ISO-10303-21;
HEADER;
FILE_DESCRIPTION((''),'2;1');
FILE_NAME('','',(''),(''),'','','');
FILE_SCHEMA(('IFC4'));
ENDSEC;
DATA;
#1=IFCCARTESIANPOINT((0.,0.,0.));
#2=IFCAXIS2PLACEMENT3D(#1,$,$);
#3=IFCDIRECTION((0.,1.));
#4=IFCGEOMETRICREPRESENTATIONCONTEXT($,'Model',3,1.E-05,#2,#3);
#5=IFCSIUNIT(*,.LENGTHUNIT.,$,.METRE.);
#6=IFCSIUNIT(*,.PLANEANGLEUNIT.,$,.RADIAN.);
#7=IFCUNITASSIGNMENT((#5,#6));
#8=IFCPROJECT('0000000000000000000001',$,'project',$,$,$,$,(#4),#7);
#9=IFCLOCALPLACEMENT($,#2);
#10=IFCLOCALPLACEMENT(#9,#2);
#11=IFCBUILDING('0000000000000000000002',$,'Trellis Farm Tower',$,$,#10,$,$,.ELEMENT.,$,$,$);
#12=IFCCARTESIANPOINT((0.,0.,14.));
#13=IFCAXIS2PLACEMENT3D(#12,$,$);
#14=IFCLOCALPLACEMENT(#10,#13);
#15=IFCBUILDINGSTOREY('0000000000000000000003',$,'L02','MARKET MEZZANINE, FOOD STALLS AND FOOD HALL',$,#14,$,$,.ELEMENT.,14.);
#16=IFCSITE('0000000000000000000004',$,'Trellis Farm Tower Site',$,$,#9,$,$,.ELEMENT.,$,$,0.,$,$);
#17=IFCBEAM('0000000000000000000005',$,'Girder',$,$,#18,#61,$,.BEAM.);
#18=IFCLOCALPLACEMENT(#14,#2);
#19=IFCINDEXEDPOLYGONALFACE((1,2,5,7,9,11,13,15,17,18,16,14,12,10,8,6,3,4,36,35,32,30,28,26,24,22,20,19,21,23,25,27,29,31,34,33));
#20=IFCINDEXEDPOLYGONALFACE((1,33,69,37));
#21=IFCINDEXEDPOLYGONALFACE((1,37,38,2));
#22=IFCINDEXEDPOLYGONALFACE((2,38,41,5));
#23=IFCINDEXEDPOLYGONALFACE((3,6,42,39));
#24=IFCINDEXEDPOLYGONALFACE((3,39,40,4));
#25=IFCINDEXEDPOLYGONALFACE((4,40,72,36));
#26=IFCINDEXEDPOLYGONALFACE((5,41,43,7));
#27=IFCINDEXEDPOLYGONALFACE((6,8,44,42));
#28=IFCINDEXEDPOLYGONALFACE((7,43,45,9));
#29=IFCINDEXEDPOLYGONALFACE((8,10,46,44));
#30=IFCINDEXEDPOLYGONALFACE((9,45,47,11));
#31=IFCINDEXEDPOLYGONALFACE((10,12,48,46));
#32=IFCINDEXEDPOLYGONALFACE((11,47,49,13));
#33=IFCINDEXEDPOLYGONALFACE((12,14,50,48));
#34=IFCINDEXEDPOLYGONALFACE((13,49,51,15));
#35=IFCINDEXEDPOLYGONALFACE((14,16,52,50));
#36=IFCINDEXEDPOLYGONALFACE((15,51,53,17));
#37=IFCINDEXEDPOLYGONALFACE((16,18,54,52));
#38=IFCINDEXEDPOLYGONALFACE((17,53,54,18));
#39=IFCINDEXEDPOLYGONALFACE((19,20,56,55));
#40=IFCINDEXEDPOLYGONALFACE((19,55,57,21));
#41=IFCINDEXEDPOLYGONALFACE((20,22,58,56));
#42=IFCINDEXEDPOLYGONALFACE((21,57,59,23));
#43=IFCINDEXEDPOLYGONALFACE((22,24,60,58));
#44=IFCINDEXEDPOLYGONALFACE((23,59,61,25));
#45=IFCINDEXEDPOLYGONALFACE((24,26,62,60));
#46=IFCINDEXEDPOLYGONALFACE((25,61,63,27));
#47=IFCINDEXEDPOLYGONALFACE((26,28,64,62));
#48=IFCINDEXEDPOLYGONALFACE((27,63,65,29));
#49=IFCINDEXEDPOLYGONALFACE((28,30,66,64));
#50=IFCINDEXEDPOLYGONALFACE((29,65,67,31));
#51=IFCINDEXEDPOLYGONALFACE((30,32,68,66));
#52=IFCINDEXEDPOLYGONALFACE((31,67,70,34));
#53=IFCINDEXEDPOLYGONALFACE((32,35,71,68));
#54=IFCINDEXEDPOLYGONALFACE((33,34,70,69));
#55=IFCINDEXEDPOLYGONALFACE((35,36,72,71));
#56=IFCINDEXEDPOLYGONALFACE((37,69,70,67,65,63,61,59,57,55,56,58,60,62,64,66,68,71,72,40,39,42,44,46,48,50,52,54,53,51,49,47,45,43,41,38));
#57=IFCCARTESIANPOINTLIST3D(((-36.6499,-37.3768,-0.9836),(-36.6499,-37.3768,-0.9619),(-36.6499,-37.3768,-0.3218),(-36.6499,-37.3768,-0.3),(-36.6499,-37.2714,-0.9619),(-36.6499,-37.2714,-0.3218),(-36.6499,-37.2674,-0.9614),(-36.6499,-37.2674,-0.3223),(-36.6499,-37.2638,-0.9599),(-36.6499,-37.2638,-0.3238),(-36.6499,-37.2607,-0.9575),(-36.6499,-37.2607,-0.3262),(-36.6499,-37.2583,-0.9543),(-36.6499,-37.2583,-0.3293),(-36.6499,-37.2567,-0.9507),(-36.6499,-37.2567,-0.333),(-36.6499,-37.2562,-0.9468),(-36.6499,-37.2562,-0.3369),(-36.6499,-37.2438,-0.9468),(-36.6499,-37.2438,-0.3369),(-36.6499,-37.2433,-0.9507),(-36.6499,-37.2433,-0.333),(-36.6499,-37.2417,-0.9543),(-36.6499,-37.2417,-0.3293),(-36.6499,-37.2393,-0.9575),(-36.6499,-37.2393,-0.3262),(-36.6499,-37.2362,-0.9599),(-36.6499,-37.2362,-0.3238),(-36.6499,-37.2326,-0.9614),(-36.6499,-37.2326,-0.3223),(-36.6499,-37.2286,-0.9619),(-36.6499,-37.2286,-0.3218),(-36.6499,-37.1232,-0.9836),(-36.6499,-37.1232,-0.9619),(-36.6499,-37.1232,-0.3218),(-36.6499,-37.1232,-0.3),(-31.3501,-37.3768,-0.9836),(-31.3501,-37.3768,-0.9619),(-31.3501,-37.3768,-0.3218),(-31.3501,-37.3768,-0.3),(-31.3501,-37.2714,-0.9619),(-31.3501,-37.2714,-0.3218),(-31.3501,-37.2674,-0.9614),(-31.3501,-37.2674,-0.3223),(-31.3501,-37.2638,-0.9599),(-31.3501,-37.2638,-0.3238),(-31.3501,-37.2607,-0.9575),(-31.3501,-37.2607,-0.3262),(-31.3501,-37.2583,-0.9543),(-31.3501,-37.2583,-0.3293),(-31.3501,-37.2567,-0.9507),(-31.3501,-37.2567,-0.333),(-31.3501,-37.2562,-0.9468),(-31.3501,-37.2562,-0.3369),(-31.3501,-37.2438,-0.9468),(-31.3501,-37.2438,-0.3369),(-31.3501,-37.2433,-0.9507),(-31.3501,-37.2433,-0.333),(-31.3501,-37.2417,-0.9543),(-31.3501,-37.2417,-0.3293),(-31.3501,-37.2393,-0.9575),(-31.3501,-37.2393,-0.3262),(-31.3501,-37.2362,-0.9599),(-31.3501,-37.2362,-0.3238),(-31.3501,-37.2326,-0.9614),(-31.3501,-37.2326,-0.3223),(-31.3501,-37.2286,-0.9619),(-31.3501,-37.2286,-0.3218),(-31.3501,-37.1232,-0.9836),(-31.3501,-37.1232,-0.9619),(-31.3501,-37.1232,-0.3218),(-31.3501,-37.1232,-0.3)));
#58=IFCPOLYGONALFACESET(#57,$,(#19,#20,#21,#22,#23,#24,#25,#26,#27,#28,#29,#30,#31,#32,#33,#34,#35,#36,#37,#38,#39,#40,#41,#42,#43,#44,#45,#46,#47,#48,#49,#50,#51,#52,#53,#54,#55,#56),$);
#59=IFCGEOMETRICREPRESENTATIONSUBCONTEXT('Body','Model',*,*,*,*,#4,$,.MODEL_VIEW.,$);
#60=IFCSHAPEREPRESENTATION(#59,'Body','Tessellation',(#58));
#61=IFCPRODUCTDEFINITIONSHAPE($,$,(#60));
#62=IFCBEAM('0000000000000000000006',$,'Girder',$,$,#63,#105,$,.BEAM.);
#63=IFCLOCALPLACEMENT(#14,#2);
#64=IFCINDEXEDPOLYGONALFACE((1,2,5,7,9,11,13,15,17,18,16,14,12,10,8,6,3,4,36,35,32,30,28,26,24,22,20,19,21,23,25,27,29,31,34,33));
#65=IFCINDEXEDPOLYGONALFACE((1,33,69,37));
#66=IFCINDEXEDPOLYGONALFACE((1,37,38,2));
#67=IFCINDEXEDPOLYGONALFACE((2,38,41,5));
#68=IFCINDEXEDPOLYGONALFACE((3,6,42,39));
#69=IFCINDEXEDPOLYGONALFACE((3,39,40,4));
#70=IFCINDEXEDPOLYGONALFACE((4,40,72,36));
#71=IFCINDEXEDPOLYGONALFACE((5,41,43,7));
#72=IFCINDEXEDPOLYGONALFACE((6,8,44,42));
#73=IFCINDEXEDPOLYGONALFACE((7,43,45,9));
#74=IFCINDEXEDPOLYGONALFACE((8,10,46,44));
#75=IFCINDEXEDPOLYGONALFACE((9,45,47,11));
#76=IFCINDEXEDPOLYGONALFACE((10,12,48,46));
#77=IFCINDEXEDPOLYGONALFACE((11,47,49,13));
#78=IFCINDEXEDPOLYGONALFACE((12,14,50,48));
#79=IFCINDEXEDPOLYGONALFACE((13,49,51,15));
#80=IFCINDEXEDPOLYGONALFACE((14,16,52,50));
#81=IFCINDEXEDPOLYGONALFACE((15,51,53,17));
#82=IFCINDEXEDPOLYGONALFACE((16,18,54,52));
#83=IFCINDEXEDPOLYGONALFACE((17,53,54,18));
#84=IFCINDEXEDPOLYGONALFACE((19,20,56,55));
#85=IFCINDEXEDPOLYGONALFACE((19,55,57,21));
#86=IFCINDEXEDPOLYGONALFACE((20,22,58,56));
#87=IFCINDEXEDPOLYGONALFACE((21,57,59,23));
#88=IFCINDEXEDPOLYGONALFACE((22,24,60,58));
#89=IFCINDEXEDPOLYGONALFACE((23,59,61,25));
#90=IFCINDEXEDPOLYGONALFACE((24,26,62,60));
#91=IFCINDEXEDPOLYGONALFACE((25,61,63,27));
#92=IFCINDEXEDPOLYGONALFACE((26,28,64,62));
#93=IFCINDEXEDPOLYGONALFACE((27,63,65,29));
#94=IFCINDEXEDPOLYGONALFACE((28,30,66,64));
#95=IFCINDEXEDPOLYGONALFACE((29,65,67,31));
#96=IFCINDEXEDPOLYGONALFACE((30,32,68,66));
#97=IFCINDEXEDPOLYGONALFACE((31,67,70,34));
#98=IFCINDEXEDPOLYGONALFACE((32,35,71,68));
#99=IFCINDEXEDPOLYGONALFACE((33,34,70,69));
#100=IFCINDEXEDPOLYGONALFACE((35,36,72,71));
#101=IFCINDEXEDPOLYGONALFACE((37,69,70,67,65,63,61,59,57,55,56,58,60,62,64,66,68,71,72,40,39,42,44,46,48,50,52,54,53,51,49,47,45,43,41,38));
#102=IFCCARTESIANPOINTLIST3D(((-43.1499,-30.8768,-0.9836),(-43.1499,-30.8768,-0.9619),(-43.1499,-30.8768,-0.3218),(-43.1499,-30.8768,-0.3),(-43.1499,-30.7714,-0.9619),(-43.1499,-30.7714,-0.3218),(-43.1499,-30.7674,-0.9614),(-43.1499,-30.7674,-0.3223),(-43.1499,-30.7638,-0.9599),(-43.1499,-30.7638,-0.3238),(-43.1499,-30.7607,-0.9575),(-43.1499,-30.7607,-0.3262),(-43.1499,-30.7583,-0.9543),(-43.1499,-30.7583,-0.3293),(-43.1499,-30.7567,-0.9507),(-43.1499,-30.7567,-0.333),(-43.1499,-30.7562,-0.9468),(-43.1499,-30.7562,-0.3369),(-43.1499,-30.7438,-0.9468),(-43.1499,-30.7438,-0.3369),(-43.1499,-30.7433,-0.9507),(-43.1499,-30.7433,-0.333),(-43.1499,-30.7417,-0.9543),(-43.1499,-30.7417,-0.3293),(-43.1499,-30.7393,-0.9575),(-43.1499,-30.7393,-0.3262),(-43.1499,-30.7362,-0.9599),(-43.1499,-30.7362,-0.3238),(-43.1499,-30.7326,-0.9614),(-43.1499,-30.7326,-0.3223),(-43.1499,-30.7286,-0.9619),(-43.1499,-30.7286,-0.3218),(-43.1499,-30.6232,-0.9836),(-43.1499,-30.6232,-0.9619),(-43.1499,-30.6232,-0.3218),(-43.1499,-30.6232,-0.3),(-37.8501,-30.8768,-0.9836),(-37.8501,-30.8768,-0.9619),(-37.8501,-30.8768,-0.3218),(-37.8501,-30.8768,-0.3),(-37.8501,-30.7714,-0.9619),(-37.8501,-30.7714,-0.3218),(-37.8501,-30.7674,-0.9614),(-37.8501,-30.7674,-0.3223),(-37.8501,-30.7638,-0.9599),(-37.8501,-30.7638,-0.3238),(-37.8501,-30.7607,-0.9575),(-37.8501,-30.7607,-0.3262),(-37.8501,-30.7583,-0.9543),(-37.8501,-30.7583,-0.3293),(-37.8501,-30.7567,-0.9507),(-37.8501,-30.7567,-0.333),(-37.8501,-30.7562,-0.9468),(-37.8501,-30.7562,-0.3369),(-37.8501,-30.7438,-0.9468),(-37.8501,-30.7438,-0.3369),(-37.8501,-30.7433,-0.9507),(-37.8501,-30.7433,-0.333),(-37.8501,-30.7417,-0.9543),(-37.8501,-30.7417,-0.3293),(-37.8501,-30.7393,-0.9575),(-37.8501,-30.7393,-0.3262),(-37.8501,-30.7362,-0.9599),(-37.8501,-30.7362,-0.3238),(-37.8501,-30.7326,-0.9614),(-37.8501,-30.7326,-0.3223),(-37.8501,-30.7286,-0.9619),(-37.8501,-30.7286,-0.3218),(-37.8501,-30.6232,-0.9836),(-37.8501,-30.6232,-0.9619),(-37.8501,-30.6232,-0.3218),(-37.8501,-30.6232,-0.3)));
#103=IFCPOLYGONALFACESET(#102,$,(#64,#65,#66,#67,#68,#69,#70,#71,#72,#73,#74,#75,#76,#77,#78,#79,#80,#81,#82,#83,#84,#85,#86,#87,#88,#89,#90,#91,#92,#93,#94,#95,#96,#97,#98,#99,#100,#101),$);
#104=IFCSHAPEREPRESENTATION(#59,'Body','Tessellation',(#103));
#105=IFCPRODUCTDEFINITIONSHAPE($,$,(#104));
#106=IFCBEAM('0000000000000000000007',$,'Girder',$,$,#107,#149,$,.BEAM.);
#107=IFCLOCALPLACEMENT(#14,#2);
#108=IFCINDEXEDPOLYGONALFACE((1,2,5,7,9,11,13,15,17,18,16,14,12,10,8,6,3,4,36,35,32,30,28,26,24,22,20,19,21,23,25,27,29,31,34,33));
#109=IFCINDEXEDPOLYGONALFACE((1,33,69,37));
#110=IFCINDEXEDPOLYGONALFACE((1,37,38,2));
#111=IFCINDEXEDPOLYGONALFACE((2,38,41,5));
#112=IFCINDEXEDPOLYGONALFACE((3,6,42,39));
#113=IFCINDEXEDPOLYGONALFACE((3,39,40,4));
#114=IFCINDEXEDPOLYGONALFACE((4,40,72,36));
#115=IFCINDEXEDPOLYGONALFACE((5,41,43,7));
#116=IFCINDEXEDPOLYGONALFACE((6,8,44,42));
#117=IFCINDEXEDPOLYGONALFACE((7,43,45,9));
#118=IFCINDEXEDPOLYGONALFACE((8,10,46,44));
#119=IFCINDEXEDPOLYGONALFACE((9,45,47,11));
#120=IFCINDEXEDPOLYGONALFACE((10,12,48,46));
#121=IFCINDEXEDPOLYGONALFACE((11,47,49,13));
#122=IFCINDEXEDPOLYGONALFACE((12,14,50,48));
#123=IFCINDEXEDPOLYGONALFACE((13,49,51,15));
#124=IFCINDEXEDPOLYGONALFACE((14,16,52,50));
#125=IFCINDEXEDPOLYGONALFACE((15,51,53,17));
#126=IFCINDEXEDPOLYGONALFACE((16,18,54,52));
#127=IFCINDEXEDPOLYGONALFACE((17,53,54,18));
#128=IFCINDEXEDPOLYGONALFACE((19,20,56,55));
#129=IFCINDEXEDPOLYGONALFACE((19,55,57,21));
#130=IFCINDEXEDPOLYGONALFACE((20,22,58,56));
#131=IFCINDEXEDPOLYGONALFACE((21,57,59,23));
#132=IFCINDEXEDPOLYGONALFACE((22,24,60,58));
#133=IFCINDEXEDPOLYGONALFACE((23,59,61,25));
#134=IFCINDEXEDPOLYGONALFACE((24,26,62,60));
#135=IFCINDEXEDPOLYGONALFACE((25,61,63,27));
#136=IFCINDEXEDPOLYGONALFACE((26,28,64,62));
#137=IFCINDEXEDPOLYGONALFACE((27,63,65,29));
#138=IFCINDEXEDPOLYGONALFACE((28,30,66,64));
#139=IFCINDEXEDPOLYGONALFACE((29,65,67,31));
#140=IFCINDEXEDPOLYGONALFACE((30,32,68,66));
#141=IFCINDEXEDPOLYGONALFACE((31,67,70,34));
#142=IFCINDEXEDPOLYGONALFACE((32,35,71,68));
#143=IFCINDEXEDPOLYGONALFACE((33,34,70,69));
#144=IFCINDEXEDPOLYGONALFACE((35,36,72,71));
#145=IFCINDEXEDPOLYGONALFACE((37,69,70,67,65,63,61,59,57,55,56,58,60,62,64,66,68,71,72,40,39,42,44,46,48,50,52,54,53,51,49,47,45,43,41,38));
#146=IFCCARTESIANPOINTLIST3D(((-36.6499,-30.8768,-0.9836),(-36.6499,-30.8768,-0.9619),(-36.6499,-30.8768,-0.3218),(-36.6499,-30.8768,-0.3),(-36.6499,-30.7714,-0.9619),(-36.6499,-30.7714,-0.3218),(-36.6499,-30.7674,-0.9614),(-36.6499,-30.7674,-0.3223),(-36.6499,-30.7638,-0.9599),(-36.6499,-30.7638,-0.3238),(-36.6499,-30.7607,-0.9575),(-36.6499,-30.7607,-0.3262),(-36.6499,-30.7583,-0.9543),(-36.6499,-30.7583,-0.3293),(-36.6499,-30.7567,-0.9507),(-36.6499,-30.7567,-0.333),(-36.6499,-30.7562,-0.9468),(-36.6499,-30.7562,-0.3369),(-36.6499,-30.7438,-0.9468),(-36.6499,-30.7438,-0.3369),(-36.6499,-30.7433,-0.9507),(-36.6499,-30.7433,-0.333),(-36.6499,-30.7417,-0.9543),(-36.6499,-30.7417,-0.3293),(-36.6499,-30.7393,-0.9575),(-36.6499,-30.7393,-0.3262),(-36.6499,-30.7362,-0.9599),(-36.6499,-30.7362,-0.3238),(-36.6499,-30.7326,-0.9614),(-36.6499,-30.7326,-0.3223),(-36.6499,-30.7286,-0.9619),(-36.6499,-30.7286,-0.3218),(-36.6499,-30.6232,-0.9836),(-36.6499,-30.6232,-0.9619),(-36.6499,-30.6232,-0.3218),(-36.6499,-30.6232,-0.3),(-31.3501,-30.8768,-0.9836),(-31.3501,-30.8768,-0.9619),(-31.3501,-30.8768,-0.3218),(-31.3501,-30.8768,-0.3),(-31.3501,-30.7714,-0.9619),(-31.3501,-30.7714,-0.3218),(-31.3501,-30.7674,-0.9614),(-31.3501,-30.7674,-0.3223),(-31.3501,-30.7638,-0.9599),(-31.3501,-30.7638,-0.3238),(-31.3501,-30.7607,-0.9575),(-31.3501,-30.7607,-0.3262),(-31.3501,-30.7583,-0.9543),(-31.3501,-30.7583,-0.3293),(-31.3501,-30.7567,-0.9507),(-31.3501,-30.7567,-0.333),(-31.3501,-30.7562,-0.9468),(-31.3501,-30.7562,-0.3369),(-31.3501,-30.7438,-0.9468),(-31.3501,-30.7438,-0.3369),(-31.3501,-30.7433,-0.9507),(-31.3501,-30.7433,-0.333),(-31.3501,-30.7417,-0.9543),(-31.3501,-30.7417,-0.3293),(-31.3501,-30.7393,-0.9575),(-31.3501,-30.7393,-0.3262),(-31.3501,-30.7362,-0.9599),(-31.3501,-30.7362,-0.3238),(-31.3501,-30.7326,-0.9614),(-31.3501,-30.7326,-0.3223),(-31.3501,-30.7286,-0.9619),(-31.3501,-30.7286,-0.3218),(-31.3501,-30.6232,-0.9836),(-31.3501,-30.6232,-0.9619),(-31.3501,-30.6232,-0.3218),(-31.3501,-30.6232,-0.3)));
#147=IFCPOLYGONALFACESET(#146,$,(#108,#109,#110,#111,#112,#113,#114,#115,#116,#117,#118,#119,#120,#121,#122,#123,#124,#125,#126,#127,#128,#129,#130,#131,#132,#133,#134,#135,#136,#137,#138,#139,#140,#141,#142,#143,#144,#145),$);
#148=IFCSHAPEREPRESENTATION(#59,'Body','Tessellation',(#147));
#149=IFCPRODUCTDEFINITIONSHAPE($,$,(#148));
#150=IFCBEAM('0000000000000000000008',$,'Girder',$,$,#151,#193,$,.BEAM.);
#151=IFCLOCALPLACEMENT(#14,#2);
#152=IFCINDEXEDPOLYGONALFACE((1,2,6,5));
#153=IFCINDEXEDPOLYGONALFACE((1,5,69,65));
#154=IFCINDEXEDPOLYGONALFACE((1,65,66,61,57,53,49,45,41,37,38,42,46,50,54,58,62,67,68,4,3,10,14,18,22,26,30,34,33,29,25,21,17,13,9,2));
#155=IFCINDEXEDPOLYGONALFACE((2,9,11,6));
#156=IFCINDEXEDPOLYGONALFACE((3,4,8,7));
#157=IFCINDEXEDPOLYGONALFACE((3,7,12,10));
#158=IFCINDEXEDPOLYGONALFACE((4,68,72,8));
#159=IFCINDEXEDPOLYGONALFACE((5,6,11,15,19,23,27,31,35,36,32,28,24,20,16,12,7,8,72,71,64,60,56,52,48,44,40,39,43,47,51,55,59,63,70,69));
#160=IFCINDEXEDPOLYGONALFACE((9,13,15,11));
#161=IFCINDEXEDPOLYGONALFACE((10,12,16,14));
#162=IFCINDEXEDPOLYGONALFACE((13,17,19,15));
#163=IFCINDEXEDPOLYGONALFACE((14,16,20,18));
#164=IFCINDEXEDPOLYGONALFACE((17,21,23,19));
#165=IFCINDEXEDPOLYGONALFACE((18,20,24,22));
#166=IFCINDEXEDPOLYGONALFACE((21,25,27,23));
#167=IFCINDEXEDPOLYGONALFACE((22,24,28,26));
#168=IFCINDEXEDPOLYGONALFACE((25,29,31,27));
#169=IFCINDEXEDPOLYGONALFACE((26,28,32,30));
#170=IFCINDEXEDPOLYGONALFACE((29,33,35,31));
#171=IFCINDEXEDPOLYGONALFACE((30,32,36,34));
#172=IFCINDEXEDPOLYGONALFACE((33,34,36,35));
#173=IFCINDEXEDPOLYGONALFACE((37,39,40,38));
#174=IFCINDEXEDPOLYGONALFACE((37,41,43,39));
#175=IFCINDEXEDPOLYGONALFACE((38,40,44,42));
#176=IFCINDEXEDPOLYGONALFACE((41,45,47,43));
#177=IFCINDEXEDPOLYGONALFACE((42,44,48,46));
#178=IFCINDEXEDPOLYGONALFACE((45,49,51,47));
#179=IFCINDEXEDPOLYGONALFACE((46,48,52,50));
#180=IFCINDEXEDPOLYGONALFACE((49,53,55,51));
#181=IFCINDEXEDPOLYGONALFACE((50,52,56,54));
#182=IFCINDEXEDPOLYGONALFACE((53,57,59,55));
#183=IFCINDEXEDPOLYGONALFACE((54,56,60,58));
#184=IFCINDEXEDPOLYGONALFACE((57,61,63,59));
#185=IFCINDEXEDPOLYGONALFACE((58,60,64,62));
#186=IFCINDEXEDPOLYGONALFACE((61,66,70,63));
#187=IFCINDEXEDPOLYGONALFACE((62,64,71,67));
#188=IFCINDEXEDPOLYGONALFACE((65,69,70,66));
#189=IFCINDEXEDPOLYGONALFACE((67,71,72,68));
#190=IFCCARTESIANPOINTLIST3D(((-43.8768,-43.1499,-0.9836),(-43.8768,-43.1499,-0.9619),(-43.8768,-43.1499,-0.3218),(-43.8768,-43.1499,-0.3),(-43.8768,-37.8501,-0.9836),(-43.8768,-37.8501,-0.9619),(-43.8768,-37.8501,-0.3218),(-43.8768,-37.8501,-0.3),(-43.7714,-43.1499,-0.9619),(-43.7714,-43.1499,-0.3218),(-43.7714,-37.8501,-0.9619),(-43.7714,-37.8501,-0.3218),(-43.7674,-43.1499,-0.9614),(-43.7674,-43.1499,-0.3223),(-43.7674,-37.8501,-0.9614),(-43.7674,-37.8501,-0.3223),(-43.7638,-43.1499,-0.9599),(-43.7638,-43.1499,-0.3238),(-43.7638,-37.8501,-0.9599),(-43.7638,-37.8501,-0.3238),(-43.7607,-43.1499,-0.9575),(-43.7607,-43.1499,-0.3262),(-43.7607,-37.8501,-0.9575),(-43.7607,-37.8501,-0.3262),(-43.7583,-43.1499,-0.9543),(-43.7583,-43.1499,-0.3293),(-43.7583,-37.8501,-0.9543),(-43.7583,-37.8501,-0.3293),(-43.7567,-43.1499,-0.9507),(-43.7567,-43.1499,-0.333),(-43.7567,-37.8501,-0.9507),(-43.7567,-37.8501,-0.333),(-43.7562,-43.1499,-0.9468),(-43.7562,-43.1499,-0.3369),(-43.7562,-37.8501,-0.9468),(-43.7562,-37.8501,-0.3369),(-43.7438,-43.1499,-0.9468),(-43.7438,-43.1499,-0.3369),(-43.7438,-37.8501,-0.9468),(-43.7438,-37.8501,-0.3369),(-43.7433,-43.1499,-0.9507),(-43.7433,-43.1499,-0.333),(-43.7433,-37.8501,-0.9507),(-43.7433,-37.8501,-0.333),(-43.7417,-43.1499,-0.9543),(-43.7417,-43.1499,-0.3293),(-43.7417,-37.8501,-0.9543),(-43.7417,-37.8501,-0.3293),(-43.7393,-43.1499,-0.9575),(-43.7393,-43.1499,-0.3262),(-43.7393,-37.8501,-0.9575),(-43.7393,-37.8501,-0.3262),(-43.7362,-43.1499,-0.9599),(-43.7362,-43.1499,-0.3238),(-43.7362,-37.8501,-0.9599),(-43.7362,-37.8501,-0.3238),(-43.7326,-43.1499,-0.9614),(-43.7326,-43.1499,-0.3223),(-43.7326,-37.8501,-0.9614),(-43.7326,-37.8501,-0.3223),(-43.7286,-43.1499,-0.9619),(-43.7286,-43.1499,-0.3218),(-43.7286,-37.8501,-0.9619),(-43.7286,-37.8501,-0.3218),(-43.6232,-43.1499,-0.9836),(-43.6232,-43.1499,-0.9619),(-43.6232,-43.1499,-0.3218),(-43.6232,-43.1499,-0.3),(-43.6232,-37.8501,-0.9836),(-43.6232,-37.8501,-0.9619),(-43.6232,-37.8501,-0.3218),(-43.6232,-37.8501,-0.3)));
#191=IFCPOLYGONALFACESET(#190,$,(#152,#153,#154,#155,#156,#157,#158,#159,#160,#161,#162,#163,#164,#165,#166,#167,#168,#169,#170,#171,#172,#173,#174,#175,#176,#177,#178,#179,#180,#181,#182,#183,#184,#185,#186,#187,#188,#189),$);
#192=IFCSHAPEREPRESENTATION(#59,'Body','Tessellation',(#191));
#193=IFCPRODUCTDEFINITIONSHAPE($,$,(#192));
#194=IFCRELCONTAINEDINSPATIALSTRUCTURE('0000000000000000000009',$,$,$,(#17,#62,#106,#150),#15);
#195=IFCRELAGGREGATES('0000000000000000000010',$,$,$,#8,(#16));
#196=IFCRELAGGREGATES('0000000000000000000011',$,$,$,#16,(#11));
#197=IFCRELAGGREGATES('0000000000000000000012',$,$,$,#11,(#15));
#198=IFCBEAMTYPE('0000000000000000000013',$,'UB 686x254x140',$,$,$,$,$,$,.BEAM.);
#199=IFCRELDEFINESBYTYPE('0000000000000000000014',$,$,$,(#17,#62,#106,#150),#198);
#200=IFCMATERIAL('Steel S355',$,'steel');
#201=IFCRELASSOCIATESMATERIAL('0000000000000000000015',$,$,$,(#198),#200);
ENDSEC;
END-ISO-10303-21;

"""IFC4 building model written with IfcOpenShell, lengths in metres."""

from ifc_helpers import new_model, si_unit, direction, frame, origin, origin_2d, place, context, subcontext, project, spatial, i_section, extrude, source, transform, mapped, material, material_profile, profile_set, type_object, element, save


model = new_model("IFC4")

# Units and contexts
model_context = context("Model", 3, precision=1e-05, world=origin(), true_north=direction((0.0, 1.0)))
body_context = subcontext(model_context, "Body", "Model", "MODEL_VIEW")
ifc_project = project(units=[si_unit("LENGTHUNIT", "METRE"), si_unit("PLANEANGLEUNIT", "RADIAN")], contexts=[model_context])

# Site, building, storey
site_placement = place(None, origin())
site = spatial("IfcSite", under=ifc_project, at=site_placement, Name="Trellis Farm Tower Site", CompositionType="ELEMENT", RefElevation=0.0)
building_placement = place(site_placement, origin())
building = spatial("IfcBuilding", under=site, at=building_placement, Name="Trellis Farm Tower", CompositionType="ELEMENT")
storey_placement = place(building_placement, frame((0.0, 0.0, 14.0)))
storey = spatial("IfcBuildingStorey", under=building, at=storey_placement, Name="L02", Description="MARKET MEZZANINE, FOOD STALLS AND FOOD HALL", CompositionType="ELEMENT", Elevation=14.0)

# Beams
ifc_material_1 = material(Name="Steel S355", Category="steel")
ifc_material_profile_1 = material_profile(ifc_material_1, i_section(OverallWidth=0.2537, OverallDepth=0.6836, WebThickness=0.0125, FlangeThickness=0.0217, FilletRadius=0.0151, at=origin_2d()), Name="UB 686x254x140")
ifc_profile_set_1 = profile_set([ifc_material_profile_1], Name="Steel S355")
beam_type_1 = type_object("IfcBeamType", Name="UB 686x254x140", PredefinedType="BEAM", material=ifc_profile_set_1)
shared_shape_1 = source(origin(), body_context, "Body", "SweptSolid", [
    extrude(i_section(OverallWidth=0.2537, OverallDepth=0.6836, WebThickness=0.0125, FlangeThickness=0.0217, FilletRadius=0.0151, at=origin_2d()), origin(), (0.0, 0.0, 1.0), 5.2998),
])
for number, where, z_axis, x_axis, name in (
    (1, (-36.6499, -37.25, -0.6418), (1.0, 0.0, 0.0), (0.0, 1.0, 0.0), "Girder"),
    (2, (-43.1499, -30.75, -0.6418), (1.0, 0.0, 0.0), (0.0, 1.0, 0.0), "Girder"),
    (3, (-36.6499, -30.75, -0.6418), (1.0, 0.0, 0.0), (0.0, 1.0, 0.0), "Girder"),
    (4, (-43.75, -43.1499, -0.6418), (0.0, 1.0, 0.0), (-1.0, 0.0, 0.0), "Girder"),
):
    element("IfcBeam", number, at=place(storey_placement, frame(where, z_axis=z_axis, x_axis=x_axis)), inside=storey, type_object=beam_type_1, Name=name, PredefinedType="BEAM", context=body_context, shape_type="MappedRepresentation", body=[
        mapped(shared_shape_1, transform((0.0, 0.0, 0.0))),
    ])

save(model, "model.ifc")
